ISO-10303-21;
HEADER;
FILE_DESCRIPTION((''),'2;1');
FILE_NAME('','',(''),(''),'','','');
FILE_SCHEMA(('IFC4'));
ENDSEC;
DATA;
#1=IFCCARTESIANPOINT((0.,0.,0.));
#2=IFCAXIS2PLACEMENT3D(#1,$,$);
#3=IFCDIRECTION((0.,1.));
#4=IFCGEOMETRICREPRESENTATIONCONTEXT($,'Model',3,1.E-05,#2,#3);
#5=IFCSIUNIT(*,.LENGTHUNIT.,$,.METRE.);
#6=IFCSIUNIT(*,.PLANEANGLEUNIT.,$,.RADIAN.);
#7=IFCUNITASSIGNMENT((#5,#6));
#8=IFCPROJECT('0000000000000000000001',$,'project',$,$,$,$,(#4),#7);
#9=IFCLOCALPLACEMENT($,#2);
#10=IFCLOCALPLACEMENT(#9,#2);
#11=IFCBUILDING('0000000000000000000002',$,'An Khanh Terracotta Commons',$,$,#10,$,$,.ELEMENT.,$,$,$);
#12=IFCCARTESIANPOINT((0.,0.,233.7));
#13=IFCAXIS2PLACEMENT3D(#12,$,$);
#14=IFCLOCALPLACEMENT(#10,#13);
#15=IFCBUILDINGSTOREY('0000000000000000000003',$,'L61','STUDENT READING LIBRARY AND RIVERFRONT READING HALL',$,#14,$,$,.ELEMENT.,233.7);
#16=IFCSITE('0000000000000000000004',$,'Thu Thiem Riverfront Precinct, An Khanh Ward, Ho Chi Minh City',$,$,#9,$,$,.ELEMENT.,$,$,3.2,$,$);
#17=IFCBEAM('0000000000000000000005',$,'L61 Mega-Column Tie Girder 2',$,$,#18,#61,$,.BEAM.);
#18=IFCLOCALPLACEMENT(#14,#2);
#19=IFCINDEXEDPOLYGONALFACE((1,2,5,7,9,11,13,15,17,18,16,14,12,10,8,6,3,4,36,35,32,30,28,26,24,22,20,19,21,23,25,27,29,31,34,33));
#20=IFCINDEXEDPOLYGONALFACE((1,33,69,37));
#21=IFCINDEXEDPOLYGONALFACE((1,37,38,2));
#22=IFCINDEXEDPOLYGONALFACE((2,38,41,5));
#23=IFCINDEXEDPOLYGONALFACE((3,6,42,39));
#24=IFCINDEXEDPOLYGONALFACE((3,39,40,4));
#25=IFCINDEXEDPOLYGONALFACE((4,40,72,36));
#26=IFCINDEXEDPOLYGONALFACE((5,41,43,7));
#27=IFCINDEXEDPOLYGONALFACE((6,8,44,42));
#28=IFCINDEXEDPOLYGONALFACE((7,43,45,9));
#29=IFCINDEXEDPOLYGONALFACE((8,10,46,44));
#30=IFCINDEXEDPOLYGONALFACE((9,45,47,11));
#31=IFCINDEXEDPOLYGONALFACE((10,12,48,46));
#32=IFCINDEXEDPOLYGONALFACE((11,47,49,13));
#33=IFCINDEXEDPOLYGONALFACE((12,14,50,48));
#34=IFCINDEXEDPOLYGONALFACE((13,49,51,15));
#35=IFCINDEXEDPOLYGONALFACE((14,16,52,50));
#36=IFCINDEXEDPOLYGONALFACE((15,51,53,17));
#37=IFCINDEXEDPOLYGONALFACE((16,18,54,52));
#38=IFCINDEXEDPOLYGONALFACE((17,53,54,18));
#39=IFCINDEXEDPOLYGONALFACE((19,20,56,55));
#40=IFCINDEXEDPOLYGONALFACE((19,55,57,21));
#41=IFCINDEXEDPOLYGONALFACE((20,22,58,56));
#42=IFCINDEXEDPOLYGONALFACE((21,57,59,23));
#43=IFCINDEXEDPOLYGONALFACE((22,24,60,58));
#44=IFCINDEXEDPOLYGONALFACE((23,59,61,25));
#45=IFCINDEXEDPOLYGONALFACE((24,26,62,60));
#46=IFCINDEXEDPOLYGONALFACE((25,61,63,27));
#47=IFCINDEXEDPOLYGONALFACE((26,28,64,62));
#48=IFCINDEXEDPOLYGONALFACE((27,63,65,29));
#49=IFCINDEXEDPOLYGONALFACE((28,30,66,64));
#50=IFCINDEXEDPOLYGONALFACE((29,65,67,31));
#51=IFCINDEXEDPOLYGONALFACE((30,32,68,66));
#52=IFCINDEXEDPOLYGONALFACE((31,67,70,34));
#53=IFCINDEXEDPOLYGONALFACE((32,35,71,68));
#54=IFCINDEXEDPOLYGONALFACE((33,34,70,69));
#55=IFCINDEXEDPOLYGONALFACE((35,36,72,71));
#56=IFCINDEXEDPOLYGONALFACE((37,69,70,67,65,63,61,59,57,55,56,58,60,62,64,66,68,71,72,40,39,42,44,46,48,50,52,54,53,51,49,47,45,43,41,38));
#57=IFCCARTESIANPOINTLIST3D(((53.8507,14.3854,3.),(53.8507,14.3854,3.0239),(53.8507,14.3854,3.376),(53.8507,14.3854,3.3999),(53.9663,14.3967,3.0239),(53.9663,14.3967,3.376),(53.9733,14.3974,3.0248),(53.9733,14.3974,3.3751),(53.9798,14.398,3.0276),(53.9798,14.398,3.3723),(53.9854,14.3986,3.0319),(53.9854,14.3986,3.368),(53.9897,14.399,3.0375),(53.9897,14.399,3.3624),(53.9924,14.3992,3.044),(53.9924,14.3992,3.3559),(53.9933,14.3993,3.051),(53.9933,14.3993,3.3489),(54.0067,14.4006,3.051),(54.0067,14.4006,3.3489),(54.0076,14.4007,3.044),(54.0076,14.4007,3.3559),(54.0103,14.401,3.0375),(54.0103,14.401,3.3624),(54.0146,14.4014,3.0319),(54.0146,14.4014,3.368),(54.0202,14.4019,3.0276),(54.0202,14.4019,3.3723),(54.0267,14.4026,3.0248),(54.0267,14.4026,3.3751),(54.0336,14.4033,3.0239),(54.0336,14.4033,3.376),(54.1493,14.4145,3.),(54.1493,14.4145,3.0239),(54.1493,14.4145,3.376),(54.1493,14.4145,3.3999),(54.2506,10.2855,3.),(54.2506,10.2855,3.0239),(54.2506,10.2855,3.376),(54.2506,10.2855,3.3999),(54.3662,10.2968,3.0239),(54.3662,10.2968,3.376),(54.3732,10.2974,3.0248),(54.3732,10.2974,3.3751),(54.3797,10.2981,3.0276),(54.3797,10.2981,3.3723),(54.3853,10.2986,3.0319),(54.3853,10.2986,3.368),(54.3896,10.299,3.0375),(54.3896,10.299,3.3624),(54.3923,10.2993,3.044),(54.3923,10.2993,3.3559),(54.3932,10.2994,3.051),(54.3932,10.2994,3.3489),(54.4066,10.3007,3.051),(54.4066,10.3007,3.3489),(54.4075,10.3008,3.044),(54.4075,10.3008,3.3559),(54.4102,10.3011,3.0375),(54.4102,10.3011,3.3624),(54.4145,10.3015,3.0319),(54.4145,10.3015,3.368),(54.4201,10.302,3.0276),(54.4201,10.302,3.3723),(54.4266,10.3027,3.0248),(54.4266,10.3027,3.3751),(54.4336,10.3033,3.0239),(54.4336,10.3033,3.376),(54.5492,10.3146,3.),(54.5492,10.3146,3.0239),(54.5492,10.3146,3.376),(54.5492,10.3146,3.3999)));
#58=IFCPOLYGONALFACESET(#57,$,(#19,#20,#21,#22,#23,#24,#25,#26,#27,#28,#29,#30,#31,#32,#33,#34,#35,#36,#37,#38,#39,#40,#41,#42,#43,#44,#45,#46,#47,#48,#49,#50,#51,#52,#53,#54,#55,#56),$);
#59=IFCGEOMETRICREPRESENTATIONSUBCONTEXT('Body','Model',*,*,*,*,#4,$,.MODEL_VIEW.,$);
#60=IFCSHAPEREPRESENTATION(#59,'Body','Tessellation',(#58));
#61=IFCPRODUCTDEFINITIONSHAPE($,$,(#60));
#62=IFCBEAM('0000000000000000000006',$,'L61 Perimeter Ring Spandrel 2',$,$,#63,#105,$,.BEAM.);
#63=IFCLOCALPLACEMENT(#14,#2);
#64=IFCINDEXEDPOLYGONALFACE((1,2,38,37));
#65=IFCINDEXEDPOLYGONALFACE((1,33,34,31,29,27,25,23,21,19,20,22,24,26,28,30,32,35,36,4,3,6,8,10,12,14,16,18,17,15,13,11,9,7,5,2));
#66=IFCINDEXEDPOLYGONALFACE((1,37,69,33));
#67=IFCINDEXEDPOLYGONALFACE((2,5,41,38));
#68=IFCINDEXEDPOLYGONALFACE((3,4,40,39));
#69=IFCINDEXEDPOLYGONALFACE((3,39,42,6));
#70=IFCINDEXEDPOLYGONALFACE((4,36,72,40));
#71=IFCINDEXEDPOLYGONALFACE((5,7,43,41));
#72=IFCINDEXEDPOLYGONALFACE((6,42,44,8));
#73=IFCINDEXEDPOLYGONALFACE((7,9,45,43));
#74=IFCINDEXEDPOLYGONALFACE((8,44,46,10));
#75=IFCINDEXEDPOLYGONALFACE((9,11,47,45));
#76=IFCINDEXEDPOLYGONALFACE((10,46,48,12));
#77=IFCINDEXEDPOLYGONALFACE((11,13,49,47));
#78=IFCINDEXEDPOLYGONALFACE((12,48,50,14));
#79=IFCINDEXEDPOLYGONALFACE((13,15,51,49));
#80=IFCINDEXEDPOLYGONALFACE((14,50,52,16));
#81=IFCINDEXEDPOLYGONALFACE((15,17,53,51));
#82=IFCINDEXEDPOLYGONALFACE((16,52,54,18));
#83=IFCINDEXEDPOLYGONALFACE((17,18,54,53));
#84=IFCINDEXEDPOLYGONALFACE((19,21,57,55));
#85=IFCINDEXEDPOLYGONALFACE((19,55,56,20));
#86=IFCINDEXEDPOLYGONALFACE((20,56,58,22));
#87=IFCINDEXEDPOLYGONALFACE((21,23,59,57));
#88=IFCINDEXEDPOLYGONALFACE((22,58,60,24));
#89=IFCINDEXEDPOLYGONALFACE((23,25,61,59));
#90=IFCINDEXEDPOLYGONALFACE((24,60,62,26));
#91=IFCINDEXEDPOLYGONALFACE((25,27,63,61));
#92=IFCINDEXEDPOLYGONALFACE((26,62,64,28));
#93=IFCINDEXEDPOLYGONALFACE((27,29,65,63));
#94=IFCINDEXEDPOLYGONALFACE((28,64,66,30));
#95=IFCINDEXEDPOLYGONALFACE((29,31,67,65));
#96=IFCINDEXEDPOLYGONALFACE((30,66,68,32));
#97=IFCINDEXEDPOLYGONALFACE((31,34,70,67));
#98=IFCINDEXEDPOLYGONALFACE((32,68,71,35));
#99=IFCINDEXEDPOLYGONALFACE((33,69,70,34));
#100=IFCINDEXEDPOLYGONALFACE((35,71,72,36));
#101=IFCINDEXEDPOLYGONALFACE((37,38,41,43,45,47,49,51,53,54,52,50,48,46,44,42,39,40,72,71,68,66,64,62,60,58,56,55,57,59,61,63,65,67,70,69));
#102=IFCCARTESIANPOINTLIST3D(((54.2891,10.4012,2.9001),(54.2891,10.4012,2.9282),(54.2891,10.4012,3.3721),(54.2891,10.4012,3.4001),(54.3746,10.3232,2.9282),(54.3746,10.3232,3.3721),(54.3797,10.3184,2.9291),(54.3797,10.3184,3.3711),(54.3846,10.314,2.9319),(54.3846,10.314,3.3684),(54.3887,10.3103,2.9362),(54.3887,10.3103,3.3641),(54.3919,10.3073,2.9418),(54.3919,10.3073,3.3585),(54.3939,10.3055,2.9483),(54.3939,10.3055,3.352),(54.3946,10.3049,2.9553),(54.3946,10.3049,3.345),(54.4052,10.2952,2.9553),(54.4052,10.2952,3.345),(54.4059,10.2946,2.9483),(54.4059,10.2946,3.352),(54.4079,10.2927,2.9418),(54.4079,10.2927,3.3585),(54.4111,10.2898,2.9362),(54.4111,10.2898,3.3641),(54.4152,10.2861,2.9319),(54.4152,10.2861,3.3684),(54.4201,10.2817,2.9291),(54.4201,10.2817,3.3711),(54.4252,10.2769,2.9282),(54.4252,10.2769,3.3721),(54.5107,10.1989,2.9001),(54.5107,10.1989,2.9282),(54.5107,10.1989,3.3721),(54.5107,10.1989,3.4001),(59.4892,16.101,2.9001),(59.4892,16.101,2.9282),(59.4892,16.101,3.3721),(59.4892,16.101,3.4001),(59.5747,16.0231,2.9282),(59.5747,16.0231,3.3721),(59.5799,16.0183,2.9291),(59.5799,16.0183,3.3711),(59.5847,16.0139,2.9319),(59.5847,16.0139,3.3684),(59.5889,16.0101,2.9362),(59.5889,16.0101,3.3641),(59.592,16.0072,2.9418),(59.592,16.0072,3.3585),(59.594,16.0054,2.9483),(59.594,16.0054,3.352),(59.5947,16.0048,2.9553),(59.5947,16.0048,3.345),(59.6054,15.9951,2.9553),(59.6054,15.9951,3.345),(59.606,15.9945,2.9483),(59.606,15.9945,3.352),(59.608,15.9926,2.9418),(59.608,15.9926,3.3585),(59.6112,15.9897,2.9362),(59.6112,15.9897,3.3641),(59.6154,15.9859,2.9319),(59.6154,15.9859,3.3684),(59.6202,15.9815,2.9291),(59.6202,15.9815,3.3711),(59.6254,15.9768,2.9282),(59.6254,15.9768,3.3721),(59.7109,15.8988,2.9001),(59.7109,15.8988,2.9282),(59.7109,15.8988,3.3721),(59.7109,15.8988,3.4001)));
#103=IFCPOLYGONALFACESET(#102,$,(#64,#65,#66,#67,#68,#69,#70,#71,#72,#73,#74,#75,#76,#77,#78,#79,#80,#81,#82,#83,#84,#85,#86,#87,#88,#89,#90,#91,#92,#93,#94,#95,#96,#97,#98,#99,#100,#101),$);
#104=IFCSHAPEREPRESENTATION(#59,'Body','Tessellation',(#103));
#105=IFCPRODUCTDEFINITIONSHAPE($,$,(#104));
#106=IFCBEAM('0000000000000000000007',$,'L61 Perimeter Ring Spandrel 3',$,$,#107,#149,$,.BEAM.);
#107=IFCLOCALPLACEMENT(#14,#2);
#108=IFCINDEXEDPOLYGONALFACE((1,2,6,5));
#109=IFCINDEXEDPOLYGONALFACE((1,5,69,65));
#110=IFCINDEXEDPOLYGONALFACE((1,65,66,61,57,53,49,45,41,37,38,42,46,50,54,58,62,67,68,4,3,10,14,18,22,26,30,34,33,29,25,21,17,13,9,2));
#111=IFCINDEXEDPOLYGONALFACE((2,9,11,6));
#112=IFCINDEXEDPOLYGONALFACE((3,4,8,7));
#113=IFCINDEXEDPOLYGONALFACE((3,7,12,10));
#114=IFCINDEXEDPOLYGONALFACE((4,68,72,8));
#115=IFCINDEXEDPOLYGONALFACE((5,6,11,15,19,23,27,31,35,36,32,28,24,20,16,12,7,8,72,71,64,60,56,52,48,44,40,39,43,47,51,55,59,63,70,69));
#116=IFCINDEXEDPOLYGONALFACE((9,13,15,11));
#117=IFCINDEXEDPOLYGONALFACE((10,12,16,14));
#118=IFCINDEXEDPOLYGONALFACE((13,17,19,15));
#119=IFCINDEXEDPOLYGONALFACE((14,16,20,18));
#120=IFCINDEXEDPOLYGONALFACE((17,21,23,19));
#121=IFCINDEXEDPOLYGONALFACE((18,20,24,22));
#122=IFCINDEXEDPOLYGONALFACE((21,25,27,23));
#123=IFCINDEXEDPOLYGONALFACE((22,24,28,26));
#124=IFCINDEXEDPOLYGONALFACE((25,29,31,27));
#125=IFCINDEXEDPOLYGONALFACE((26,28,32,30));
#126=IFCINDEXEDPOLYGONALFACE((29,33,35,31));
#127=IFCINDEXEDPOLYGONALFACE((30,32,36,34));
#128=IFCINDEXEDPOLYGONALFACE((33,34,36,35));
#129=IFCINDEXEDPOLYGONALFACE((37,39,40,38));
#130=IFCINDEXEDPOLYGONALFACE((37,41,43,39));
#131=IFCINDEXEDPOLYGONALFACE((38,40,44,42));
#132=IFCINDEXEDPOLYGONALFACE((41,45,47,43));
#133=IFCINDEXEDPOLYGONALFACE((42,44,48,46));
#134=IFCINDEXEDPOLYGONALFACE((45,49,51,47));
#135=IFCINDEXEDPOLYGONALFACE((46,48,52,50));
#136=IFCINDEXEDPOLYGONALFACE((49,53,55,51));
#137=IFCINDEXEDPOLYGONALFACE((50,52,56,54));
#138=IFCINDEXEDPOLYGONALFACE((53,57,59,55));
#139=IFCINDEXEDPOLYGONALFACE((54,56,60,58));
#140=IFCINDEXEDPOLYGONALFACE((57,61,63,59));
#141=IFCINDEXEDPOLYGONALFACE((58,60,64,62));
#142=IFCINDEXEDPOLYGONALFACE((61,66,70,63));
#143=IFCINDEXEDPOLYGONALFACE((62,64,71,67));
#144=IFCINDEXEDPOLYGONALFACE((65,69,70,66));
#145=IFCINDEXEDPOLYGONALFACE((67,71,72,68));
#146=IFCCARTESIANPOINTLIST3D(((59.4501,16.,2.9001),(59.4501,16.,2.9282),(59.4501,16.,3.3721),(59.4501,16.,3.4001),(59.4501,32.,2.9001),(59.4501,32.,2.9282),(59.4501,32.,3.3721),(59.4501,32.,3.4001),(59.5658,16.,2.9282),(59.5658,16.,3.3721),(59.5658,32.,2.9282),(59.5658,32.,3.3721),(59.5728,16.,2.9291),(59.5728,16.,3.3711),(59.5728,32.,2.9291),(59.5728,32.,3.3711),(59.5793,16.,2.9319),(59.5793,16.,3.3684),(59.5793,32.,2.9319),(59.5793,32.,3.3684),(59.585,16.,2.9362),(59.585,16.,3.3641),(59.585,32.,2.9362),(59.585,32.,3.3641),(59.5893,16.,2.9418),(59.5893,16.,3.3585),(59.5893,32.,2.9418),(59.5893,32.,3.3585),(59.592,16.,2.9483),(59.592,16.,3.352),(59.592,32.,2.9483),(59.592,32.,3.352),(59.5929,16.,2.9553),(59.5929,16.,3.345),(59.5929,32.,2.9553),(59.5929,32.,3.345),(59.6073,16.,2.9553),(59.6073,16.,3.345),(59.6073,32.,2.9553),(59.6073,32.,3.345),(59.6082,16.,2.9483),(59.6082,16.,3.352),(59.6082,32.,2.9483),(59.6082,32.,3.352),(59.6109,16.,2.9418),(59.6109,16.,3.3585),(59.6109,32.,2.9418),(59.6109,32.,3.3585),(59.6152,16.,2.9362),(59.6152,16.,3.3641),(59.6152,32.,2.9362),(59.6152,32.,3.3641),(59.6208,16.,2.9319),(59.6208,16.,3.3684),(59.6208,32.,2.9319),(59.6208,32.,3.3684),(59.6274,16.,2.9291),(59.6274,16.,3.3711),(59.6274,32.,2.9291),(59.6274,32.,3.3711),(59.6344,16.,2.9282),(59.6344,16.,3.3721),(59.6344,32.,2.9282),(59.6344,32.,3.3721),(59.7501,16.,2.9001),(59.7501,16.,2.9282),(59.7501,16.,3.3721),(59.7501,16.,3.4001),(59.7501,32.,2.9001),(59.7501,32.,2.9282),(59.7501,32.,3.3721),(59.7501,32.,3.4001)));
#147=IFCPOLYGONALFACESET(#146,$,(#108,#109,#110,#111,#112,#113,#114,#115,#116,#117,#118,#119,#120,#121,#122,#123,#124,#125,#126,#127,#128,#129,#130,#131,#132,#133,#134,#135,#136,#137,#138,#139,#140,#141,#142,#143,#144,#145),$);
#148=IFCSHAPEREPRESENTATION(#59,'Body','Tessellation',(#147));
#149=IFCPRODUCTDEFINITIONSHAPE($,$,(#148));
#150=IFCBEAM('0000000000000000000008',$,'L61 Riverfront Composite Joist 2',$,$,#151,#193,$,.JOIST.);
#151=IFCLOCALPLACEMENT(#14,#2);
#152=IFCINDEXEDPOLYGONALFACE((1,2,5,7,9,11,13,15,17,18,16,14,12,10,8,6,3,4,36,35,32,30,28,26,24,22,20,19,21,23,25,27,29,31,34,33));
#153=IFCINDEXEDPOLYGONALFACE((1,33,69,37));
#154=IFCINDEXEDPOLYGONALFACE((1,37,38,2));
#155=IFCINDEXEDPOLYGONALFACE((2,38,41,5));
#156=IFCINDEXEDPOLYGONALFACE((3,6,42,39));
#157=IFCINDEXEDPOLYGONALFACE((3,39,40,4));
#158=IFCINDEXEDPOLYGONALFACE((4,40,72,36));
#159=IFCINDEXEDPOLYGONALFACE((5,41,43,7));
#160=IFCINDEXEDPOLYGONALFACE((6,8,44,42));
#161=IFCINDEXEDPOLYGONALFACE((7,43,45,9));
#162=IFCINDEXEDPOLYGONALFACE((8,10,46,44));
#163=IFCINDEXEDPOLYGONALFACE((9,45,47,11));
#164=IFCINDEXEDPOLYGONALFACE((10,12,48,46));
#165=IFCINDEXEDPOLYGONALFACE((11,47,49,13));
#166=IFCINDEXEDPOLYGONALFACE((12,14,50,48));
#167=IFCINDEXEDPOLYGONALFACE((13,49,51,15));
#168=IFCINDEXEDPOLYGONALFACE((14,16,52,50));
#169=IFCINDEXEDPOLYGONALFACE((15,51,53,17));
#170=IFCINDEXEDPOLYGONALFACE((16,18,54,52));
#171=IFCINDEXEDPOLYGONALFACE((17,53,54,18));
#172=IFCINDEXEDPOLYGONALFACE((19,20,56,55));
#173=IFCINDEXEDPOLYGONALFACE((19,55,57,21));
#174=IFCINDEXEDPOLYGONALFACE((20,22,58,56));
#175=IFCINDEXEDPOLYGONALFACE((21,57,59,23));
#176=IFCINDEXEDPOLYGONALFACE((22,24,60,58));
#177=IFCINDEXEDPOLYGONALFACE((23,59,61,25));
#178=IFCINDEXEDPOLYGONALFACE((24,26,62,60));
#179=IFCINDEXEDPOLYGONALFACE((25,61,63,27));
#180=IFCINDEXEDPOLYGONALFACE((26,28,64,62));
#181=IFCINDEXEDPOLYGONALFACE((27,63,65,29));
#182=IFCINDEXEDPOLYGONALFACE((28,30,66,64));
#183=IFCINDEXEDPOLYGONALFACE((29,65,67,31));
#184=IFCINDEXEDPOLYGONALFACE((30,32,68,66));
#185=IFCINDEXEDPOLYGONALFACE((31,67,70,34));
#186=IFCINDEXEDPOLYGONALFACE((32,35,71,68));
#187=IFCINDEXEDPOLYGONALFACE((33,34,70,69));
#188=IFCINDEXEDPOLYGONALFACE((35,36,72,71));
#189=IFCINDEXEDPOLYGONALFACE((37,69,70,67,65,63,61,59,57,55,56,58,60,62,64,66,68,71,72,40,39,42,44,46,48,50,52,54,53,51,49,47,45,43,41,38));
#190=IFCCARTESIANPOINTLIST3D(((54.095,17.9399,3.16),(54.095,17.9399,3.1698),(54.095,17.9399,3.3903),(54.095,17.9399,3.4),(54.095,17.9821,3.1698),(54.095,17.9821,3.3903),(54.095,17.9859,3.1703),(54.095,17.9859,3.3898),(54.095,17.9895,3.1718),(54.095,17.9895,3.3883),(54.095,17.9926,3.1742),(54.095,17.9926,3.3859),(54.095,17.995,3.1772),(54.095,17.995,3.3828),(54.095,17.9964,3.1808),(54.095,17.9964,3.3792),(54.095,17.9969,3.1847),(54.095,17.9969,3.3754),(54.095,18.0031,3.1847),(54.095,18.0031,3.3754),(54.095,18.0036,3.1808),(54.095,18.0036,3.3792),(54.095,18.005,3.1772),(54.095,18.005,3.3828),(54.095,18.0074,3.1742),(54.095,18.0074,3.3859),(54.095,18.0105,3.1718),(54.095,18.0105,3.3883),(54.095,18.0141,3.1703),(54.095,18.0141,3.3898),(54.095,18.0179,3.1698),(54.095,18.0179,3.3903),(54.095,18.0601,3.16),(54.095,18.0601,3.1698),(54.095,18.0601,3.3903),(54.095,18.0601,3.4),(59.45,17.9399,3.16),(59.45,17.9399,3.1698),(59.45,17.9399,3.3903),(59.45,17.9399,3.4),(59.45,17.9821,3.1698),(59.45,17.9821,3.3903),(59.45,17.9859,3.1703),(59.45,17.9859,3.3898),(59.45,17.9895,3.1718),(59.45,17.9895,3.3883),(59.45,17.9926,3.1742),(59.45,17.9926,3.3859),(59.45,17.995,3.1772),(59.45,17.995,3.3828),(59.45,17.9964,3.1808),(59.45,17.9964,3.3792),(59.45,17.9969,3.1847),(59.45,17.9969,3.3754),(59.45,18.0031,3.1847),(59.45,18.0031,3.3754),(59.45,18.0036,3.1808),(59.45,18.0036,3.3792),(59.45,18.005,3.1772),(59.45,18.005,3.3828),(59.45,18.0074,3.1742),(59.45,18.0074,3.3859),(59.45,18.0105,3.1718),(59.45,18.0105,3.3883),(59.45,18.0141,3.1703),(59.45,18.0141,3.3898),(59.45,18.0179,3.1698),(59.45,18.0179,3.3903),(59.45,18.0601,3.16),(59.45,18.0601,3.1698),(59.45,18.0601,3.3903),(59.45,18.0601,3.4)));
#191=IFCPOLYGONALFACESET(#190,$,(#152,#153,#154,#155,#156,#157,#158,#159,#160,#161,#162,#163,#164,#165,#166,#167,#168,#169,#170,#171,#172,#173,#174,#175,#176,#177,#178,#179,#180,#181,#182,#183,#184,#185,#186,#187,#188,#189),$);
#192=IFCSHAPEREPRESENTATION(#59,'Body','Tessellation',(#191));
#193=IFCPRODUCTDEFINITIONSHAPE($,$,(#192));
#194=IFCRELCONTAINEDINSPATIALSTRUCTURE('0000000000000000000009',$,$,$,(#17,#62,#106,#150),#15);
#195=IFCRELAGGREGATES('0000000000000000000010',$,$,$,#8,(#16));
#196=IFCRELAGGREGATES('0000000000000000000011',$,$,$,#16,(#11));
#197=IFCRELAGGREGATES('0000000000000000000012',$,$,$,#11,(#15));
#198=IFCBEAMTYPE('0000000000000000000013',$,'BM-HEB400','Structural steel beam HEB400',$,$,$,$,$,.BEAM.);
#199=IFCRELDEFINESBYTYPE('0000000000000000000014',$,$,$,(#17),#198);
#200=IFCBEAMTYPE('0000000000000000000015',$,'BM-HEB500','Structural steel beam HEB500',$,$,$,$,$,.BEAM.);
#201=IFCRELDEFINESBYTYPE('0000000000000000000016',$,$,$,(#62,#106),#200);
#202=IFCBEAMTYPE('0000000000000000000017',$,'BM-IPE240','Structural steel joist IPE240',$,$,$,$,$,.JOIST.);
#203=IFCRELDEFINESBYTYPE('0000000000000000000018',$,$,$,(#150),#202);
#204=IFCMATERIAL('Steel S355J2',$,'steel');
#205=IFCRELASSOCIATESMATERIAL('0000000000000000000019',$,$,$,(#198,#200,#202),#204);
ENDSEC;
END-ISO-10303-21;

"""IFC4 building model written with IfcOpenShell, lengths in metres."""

from ifc_helpers import new_model, si_unit, direction, frame, origin, origin_2d, place, context, subcontext, project, spatial, i_section, extrude, material, material_profile, profile_set, type_object, element, save


model = new_model("IFC4")

# Units and contexts
model_context = context("Model", 3, precision=1e-05, world=origin(), true_north=direction((0.0, 1.0)))
body_context = subcontext(model_context, "Body", "Model", "MODEL_VIEW")
ifc_project = project(units=[si_unit("LENGTHUNIT", "METRE"), si_unit("PLANEANGLEUNIT", "RADIAN")], contexts=[model_context])

# Site, building, storey
site_placement = place(None, origin())
site = spatial("IfcSite", under=ifc_project, at=site_placement, Name="Thu Thiem Riverfront Precinct, An Khanh Ward, Ho Chi Minh City", CompositionType="ELEMENT", RefElevation=3.2)
building_placement = place(site_placement, origin())
building = spatial("IfcBuilding", under=site, at=building_placement, Name="An Khanh Terracotta Commons", CompositionType="ELEMENT")
storey_placement = place(building_placement, frame((0.0, 0.0, 233.7)))
storey = spatial("IfcBuildingStorey", under=building, at=storey_placement, Name="L61", Description="STUDENT READING LIBRARY AND RIVERFRONT READING HALL", CompositionType="ELEMENT", Elevation=233.7)

# Beams
ifc_material_1 = material(Name="Steel S355J2", Category="steel")
ifc_material_profile_1 = material_profile(ifc_material_1, i_section(OverallWidth=0.3, OverallDepth=0.3999, WebThickness=0.0134, FlangeThickness=0.0239, FilletRadius=0.0271, at=origin_2d()), Name="HEB400")
ifc_profile_set_1 = profile_set([ifc_material_profile_1], Name="Steel S355J2")
beam_type_1 = type_object("IfcBeamType", Name="BM-HEB400", Description="Structural steel beam HEB400", PredefinedType="BEAM", material=ifc_profile_set_1)
beam_1_placement = place(storey_placement, frame((54.3999, 10.3, 3.2), z_axis=(-0.09708, 0.995277, 0.0), x_axis=(-0.995277, -0.09708, 0.0)))
element("IfcBeam", 1, at=beam_1_placement, inside=storey, type_object=beam_type_1, Name="L61 Mega-Column Tie Girder 2", PredefinedType="BEAM", context=body_context, shape_type="SweptSolid", body=[
    extrude(i_section(OverallWidth=0.3, OverallDepth=0.3999, WebThickness=0.0134, FlangeThickness=0.0239, FilletRadius=0.0271, at=origin_2d()), origin(), (0.0, 0.0, 1.0), 4.1194),
])
ifc_material_profile_2 = material_profile(ifc_material_1, i_section(OverallWidth=0.3, OverallDepth=0.5, WebThickness=0.0144, FlangeThickness=0.0281, FilletRadius=0.0271, at=origin_2d()), Name="HEB500")
ifc_profile_set_2 = profile_set([ifc_material_profile_2], Name="Steel S355J2")
beam_type_2 = type_object("IfcBeamType", Name="BM-HEB500", Description="Structural steel beam HEB500", PredefinedType="BEAM", material=ifc_profile_set_2)
beam_2_placement = place(storey_placement, frame((54.3999, 10.3, 3.1501), z_axis=(0.673979, 0.738751, 0.0), x_axis=(-0.738751, 0.673979, 0.0)))
element("IfcBeam", 2, at=beam_2_placement, inside=storey, type_object=beam_type_2, Name="L61 Perimeter Ring Spandrel 2", PredefinedType="BEAM", context=body_context, shape_type="SweptSolid", body=[
    extrude(i_section(OverallWidth=0.3, OverallDepth=0.5, WebThickness=0.0144, FlangeThickness=0.0281, FilletRadius=0.0271, at=origin_2d()), origin(), (0.0, 0.0, 1.0), 7.7156),
])
beam_3_placement = place(storey_placement, frame((59.6001, 16.0, 3.1501), z_axis=(0.0, 1.0, 0.0), x_axis=(-1.0, 0.0, 0.0)))
element("IfcBeam", 3, at=beam_3_placement, inside=storey, type_object=beam_type_2, Name="L61 Perimeter Ring Spandrel 3", PredefinedType="BEAM", context=body_context, shape_type="SweptSolid", body=[
    extrude(i_section(OverallWidth=0.3, OverallDepth=0.5, WebThickness=0.0144, FlangeThickness=0.0281, FilletRadius=0.0271, at=origin_2d()), origin(), (0.0, 0.0, 1.0), 16.0),
])
ifc_material_profile_3 = material_profile(ifc_material_1, i_section(OverallWidth=0.1201, OverallDepth=0.24, WebThickness=0.0061, FlangeThickness=0.0098, FilletRadius=0.0149, at=origin_2d()), Name="IPE240")
ifc_profile_set_3 = profile_set([ifc_material_profile_3], Name="Steel S355J2")
beam_type_3 = type_object("IfcBeamType", Name="BM-IPE240", Description="Structural steel joist IPE240", PredefinedType="JOIST", material=ifc_profile_set_3)
for number, where, z_axis, x_axis, name in (
    (4, (54.095, 18.0, 3.28), (1.0, 0.0, 0.0), (0.0, 1.0, 0.0), "L61 Riverfront Composite Joist 2"),
):
    element("IfcBeam", number, at=place(storey_placement, frame(where, z_axis=z_axis, x_axis=x_axis)), inside=storey, type_object=beam_type_3, Name=name, PredefinedType="JOIST", context=body_context, shape_type="SweptSolid", body=[
        extrude(i_section(OverallWidth=0.1201, OverallDepth=0.24, WebThickness=0.0061, FlangeThickness=0.0098, FilletRadius=0.0149, at=origin_2d()), origin(), (0.0, 0.0, 1.0), 5.355),
    ])

save(model, "model.ifc")
